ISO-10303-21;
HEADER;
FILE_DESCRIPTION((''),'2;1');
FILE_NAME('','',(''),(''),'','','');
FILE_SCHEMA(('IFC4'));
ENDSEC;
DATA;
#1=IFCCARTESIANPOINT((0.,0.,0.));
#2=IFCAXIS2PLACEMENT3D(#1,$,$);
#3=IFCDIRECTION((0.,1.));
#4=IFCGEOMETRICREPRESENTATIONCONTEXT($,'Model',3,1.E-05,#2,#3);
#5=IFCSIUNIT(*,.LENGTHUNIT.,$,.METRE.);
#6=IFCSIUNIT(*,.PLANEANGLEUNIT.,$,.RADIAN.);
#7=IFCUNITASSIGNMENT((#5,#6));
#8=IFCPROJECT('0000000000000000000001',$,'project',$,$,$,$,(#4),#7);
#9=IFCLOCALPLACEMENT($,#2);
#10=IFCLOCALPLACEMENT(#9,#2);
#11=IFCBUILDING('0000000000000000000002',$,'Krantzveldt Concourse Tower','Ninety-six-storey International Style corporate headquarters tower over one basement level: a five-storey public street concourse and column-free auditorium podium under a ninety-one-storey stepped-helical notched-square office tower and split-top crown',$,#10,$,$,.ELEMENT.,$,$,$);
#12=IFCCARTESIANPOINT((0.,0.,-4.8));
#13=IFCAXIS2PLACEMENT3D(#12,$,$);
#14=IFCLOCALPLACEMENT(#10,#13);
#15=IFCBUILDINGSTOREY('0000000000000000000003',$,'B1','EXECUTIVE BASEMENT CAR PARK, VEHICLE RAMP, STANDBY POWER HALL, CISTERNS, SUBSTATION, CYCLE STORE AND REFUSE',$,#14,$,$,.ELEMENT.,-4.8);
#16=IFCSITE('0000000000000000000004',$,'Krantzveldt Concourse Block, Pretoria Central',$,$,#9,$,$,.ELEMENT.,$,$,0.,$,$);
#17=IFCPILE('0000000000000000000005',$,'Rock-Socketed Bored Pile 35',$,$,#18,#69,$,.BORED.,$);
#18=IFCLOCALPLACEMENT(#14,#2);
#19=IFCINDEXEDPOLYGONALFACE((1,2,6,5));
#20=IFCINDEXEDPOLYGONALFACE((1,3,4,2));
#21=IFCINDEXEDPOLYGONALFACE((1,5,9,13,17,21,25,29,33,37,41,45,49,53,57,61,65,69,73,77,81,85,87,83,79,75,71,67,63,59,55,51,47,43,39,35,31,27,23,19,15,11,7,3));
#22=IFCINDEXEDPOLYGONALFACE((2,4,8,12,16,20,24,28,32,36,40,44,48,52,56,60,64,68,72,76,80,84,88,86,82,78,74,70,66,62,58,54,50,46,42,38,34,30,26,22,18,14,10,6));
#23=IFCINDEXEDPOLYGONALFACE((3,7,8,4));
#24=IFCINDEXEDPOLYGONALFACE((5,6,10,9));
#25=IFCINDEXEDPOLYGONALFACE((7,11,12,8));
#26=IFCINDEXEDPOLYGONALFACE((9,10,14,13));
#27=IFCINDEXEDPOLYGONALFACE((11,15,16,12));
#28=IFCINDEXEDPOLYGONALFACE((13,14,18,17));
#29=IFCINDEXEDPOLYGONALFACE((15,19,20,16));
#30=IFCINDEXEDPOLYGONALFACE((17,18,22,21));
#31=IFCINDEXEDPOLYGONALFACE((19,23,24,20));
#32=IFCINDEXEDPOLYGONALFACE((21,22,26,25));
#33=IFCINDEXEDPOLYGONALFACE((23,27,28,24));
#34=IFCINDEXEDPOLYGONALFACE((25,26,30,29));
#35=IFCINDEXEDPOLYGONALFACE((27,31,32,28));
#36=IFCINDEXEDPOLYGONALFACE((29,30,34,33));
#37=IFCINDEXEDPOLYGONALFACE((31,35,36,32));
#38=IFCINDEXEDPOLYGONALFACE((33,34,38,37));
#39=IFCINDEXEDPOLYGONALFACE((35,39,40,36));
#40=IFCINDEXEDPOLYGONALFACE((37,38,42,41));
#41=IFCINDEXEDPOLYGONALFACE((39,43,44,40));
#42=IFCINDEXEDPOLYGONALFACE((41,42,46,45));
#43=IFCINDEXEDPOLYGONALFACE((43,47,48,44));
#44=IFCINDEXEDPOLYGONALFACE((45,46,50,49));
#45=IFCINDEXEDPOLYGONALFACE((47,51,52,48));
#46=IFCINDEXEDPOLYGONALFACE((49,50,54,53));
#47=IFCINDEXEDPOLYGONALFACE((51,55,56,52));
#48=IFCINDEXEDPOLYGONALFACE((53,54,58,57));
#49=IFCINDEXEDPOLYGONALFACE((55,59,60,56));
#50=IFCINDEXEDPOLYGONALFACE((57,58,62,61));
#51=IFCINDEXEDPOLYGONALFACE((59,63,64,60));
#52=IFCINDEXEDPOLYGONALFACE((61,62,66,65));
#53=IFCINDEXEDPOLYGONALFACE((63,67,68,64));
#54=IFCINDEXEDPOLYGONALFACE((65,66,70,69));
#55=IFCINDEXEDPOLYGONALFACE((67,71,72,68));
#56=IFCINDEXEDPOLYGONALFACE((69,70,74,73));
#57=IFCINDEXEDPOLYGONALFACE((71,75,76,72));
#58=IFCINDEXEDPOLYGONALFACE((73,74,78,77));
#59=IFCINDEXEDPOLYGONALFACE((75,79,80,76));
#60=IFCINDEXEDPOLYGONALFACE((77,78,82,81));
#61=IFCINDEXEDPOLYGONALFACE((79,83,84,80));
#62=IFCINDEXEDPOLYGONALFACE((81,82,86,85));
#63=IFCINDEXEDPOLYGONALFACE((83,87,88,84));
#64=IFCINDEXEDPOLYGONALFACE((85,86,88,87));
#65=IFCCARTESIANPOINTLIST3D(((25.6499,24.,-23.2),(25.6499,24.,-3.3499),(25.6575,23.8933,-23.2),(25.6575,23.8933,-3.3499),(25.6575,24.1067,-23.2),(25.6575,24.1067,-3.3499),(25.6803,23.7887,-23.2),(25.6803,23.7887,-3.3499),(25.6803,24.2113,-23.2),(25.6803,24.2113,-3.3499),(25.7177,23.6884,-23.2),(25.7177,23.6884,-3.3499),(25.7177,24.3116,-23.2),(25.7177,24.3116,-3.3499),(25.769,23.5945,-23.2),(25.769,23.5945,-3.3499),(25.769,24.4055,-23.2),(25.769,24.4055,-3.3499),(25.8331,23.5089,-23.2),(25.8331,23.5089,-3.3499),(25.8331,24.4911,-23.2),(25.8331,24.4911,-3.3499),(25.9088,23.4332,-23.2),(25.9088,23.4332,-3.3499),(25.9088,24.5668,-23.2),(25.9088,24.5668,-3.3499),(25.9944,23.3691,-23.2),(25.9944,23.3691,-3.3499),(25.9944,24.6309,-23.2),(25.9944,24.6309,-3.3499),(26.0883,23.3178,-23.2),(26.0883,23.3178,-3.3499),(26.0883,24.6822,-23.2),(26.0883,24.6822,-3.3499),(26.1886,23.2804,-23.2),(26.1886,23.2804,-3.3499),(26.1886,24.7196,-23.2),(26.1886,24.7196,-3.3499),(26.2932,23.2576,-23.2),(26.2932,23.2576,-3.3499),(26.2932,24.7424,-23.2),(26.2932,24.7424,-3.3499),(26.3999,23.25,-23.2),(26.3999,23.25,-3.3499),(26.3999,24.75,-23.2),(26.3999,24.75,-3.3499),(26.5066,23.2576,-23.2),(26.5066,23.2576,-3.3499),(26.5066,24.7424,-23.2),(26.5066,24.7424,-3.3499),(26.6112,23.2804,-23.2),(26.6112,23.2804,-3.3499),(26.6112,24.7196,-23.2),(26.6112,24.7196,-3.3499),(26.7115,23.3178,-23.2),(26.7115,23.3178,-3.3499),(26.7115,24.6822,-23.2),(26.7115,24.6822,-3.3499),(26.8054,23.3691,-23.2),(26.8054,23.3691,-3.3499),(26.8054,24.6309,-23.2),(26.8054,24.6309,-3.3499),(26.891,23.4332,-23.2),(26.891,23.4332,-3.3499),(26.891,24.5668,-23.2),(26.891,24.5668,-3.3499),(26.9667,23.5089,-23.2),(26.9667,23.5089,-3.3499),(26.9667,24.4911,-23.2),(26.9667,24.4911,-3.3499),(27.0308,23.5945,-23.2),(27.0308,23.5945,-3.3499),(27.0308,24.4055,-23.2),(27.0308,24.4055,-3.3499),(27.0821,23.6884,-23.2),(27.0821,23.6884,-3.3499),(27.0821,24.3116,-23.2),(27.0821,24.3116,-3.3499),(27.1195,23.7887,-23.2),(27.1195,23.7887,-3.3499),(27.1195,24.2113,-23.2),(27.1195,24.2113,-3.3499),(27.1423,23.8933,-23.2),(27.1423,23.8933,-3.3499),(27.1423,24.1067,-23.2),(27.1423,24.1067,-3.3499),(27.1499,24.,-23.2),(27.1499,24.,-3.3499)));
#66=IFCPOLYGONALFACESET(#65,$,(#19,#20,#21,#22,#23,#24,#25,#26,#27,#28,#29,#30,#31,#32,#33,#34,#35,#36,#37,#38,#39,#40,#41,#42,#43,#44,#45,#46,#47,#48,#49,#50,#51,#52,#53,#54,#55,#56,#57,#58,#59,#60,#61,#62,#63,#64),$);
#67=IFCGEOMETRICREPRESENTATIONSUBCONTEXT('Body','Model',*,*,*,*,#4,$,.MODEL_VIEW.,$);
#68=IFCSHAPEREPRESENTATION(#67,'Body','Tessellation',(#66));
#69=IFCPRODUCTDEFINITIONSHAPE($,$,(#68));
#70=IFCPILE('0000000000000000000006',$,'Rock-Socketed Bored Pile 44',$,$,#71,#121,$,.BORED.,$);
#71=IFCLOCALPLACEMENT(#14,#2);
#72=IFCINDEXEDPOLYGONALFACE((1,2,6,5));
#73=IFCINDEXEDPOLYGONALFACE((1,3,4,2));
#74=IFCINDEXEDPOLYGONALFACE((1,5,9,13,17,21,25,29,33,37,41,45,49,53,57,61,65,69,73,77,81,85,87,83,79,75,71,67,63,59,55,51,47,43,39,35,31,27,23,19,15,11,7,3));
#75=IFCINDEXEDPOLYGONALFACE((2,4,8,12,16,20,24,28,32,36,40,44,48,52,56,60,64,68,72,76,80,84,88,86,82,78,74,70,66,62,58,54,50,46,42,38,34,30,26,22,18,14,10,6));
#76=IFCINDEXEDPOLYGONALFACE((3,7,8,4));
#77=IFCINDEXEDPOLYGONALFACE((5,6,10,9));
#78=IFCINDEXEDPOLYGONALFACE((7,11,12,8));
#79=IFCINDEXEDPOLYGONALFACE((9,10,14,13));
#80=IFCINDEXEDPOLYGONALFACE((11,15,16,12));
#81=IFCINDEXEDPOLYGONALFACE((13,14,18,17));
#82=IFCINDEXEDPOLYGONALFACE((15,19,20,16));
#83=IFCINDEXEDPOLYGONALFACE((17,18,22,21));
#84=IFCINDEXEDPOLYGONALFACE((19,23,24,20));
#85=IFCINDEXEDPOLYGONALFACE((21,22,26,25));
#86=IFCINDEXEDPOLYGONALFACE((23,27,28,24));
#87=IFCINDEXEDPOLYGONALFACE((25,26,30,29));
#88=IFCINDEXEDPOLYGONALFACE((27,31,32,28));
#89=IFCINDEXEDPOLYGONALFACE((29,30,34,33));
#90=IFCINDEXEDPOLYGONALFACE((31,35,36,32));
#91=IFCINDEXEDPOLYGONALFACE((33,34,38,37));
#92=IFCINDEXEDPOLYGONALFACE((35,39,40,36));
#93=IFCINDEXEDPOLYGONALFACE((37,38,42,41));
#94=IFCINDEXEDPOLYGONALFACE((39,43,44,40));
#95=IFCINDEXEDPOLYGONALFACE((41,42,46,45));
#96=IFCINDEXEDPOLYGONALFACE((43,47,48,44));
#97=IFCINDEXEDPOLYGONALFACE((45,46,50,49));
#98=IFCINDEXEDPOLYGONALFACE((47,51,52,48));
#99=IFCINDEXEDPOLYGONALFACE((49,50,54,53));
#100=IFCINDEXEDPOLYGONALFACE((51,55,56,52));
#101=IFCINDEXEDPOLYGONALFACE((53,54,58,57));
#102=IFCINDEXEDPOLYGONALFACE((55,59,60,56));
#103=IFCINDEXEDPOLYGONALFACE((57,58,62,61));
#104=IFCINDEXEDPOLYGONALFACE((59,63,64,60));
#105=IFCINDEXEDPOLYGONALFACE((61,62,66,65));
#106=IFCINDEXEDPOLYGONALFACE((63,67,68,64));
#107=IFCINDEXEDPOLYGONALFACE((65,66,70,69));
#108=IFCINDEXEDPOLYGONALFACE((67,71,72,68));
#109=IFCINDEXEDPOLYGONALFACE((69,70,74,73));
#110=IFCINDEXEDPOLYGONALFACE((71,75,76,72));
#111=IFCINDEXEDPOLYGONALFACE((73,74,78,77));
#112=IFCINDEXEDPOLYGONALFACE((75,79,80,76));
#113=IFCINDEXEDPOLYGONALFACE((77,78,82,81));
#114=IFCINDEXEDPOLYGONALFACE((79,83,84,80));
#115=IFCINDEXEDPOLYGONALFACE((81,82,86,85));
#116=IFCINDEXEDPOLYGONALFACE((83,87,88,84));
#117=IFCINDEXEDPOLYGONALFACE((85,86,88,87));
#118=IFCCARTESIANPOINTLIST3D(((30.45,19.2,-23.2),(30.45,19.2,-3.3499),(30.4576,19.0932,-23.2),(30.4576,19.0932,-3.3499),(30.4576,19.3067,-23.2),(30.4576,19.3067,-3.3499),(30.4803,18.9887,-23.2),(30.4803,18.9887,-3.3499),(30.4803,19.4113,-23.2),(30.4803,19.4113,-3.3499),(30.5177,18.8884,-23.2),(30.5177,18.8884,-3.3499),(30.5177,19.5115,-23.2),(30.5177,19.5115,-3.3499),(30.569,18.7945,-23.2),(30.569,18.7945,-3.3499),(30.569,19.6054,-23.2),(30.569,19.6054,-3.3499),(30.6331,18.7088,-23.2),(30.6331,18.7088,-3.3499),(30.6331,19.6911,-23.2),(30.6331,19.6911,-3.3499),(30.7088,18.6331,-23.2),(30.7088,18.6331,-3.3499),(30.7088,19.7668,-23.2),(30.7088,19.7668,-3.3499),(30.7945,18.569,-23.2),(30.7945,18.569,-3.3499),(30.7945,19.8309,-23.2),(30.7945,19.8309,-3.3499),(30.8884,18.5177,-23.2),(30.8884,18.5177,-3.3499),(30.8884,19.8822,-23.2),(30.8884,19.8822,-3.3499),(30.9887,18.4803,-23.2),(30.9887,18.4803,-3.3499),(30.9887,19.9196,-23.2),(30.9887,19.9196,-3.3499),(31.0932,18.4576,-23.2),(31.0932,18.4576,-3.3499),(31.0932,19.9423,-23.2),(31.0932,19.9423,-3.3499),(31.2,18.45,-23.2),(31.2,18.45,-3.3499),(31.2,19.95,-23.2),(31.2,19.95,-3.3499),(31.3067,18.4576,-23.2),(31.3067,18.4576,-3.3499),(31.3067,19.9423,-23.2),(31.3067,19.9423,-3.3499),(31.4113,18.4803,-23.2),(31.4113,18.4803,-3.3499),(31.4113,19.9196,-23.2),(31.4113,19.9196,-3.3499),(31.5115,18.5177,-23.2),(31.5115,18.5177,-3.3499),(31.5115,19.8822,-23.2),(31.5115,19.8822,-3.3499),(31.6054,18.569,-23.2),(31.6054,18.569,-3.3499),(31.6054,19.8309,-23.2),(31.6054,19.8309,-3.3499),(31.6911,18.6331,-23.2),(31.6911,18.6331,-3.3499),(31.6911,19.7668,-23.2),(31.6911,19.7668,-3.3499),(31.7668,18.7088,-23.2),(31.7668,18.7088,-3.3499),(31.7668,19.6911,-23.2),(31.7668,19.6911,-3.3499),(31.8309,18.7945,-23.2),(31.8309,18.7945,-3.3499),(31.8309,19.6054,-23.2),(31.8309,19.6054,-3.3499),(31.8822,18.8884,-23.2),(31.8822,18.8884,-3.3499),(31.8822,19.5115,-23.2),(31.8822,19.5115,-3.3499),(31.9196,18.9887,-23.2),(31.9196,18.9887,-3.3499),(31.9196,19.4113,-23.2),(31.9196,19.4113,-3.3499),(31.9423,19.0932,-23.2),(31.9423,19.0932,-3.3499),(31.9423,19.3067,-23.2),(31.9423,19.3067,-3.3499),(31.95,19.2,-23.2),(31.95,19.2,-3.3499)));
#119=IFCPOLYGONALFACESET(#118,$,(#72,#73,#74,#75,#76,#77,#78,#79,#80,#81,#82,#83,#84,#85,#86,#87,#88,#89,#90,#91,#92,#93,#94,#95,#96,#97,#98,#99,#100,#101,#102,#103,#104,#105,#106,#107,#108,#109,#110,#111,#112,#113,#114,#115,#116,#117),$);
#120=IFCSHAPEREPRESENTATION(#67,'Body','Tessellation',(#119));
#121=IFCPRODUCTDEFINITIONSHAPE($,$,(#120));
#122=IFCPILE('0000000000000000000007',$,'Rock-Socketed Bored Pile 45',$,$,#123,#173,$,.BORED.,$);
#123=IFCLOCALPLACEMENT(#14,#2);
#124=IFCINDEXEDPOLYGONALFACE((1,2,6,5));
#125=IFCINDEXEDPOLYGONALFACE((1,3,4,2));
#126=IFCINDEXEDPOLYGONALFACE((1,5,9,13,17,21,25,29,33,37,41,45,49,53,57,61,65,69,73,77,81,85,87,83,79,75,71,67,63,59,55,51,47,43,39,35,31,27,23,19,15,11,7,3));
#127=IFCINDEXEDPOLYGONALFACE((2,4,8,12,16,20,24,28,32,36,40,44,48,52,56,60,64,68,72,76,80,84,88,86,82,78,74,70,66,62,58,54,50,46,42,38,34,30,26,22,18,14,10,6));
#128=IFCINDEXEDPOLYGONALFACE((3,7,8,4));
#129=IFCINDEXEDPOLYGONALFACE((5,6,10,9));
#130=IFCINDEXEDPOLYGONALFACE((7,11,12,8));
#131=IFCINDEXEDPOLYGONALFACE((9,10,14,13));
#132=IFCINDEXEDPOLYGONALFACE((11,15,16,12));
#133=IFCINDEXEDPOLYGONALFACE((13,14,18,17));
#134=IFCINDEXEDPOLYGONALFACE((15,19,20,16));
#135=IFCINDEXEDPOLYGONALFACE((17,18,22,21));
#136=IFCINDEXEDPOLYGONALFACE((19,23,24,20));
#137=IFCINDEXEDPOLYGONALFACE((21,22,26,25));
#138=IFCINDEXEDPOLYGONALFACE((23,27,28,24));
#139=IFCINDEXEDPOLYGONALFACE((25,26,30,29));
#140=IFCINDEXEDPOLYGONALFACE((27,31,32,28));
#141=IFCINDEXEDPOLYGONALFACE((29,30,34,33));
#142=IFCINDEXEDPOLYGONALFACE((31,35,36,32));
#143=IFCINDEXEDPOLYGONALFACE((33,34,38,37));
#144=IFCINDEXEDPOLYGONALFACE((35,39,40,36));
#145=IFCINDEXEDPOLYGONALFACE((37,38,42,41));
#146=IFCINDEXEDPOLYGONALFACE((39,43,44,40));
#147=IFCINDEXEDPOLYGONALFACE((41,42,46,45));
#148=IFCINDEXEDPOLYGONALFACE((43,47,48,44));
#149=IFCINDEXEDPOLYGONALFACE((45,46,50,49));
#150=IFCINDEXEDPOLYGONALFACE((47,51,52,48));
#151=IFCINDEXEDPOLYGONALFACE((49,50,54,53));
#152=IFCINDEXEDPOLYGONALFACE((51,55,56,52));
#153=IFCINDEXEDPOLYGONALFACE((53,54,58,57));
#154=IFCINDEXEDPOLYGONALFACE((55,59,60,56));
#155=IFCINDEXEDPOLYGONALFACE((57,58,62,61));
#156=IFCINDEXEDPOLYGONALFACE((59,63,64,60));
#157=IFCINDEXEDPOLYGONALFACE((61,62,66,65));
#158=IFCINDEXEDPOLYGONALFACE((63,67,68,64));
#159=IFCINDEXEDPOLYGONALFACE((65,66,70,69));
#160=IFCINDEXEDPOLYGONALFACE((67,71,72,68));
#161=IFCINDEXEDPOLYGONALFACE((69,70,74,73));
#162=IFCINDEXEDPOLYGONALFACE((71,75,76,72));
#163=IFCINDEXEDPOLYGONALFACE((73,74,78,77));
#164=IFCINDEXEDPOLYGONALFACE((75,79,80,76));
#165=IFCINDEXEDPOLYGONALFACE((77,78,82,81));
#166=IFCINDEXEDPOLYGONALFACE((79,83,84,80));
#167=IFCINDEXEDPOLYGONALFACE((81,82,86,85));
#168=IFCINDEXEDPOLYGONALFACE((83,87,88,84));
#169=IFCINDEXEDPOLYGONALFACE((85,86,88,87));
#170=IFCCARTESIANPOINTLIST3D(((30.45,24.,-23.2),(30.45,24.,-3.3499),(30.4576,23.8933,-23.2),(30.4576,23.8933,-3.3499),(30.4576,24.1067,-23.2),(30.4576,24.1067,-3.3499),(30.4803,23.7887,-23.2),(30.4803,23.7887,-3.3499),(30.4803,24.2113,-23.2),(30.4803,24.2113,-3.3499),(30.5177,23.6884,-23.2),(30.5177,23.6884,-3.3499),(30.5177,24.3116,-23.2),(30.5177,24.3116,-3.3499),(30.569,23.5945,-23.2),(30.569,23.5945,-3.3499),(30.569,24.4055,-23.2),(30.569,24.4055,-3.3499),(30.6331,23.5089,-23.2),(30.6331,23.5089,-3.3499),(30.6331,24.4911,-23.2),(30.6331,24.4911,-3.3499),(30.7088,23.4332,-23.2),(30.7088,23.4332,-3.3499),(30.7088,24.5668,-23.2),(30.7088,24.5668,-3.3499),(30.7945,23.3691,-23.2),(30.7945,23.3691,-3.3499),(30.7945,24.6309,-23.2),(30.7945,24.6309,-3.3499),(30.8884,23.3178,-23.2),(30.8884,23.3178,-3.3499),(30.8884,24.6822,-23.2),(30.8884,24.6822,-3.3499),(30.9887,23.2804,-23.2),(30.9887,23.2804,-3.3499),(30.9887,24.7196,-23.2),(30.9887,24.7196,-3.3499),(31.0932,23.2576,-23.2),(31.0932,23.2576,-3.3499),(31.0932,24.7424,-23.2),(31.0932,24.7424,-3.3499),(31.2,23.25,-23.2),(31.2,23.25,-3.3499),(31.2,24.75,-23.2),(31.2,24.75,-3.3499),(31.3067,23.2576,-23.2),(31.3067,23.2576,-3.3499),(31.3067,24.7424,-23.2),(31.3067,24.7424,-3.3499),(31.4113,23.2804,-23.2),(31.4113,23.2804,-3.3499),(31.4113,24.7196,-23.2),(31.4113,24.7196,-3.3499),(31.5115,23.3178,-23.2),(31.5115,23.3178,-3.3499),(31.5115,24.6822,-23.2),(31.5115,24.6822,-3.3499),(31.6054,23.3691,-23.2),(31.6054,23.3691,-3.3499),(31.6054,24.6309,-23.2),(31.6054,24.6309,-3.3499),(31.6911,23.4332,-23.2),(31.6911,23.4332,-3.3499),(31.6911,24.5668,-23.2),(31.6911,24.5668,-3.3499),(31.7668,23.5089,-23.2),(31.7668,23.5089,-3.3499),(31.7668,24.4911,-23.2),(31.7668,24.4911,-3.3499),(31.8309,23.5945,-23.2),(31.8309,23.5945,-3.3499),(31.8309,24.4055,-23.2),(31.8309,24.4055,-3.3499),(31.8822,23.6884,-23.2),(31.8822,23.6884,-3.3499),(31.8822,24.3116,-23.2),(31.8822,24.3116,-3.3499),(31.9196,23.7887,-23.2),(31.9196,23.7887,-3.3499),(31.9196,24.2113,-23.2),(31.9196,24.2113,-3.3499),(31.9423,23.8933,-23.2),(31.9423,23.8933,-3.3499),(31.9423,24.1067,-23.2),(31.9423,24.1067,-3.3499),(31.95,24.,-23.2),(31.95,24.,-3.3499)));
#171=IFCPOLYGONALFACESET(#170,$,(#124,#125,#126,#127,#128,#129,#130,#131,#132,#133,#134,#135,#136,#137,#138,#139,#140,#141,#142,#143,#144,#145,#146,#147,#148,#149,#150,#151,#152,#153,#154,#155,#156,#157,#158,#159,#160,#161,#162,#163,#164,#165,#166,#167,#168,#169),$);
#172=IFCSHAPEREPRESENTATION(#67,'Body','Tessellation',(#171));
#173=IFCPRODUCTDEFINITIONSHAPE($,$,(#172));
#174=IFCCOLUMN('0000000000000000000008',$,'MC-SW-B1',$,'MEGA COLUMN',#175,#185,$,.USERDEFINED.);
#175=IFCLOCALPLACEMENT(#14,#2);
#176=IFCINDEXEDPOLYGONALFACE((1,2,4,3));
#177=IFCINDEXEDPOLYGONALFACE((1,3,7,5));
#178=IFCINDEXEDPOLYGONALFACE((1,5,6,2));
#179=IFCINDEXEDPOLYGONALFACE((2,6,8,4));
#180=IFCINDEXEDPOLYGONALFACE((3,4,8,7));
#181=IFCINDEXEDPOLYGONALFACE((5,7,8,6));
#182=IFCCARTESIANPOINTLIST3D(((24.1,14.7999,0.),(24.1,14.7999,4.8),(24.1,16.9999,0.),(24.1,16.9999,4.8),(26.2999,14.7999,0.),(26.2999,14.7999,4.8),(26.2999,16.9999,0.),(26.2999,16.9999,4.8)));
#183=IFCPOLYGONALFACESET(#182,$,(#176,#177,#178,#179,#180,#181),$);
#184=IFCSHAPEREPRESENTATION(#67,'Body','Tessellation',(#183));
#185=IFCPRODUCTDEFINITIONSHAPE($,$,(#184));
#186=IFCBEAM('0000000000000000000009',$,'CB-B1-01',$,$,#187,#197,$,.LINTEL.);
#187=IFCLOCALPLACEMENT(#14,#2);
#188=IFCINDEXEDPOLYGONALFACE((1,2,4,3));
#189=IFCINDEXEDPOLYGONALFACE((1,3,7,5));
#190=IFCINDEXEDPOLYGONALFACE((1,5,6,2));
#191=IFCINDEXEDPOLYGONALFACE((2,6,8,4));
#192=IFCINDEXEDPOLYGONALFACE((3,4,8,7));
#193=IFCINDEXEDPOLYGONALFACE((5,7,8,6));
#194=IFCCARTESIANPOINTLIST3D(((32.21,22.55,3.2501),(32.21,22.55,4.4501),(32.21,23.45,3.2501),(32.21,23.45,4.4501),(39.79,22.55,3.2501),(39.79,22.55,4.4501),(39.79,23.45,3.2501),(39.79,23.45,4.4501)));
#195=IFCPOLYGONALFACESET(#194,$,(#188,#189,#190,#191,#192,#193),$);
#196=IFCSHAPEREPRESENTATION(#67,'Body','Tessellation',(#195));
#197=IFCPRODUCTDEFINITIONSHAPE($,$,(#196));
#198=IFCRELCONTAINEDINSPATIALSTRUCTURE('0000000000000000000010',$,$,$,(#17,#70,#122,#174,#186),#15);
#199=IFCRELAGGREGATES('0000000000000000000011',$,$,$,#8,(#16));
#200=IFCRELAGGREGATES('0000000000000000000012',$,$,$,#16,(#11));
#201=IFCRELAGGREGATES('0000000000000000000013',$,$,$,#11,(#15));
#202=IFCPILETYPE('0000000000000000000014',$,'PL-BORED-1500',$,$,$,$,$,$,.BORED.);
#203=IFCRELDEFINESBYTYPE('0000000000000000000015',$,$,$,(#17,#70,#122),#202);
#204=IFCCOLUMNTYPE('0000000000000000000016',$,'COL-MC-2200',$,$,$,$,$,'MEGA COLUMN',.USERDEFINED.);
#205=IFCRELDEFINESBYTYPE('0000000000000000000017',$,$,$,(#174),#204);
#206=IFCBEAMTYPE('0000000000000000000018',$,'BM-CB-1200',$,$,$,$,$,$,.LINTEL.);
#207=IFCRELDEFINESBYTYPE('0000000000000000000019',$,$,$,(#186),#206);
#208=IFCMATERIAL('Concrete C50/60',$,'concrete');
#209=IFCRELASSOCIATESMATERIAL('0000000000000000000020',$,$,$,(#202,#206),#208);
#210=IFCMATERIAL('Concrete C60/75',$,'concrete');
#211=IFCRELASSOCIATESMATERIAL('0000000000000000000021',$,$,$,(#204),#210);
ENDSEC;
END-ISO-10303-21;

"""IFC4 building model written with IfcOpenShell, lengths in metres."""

from ifc_helpers import new_model, si_unit, direction, frame, origin, origin_2d, place, context, subcontext, project, spatial, rectangle, circle, extrude, source, transform, mapped, material, material_profile, profile_set, type_object, type_shapes, element, save


model = new_model("IFC4")

# Units and contexts
model_context = context("Model", 3, precision=1e-05, world=origin(), true_north=direction((0.0, 1.0)))
body_context = subcontext(model_context, "Body", "Model", "MODEL_VIEW")
ifc_project = project(units=[si_unit("LENGTHUNIT", "METRE"), si_unit("PLANEANGLEUNIT", "RADIAN")], contexts=[model_context])

# Site, building, storey
site_placement = place(None, origin())
site = spatial("IfcSite", under=ifc_project, at=site_placement, Name="Krantzveldt Concourse Block, Pretoria Central", CompositionType="ELEMENT", RefElevation=0.0)
building_placement = place(site_placement, origin())
building = spatial("IfcBuilding", under=site, at=building_placement, Name="Krantzveldt Concourse Tower", Description="Ninety-six-storey International Style corporate headquarters tower over one basement level: a five-storey public street concourse and column-free auditorium podium under a ninety-one-storey stepped-helical notched-square office tower and split-top crown", CompositionType="ELEMENT")
storey_placement = place(building_placement, frame((0.0, 0.0, -4.8)))
storey = spatial("IfcBuildingStorey", under=building, at=storey_placement, Name="B1", Description="EXECUTIVE BASEMENT CAR PARK, VEHICLE RAMP, STANDBY POWER HALL, CISTERNS, SUBSTATION, CYCLE STORE AND REFUSE", CompositionType="ELEMENT", Elevation=-4.8)

# Piles
ifc_material_1 = material(Name="Concrete C50/60", Category="concrete")
ifc_material_profile_1 = material_profile(ifc_material_1, circle(Radius=0.75, at=origin_2d()), Name="Concrete C50/60", Category="concrete")
ifc_profile_set_1 = profile_set([ifc_material_profile_1], Name="Concrete C50/60 - PILE D1500")
pile_type = type_object("IfcPileType", Name="PL-BORED-1500", PredefinedType="BORED", material=ifc_profile_set_1)
shared_shape_1 = source(origin(), body_context, "Body", "SweptSolid", [
    extrude(circle(Radius=0.75, at=origin_2d()), origin(), (0.0, 0.0, 1.0), 19.8501),
])
type_shapes(pile_type, [shared_shape_1])
for number, where, z_axis, x_axis, name in (
    (1, (26.3999, 24.0, -3.3499), (0.0, 0.0, -1.0), (1.0, 0.0, 0.0), "Rock-Socketed Bored Pile 35"),
    (2, (31.2, 19.2, -3.3499), (0.0, 0.0, -1.0), (1.0, 0.0, 0.0), "Rock-Socketed Bored Pile 44"),
    (3, (31.2, 24.0, -3.3499), (0.0, 0.0, -1.0), (1.0, 0.0, 0.0), "Rock-Socketed Bored Pile 45"),
):
    element("IfcPile", number, at=place(storey_placement, frame(where, z_axis=z_axis, x_axis=x_axis)), inside=storey, type_object=pile_type, Name=name, PredefinedType="BORED", context=body_context, shape_type="MappedRepresentation", body=[
        mapped(shared_shape_1, transform((0.0, 0.0, 0.0), x_axis=(1.0, 0.0, 0.0), y_axis=(0.0, 1.0, 0.0), z_axis=(0.0, 0.0, 1.0), scale=1.0)),
    ])

# Column
ifc_material_2 = material(Name="Concrete C60/75", Category="concrete")
ifc_material_profile_2 = material_profile(ifc_material_2, rectangle(XDim=2.2, YDim=2.2, at=origin_2d()), Name="Concrete C60/75", Category="concrete")
ifc_profile_set_2 = profile_set([ifc_material_profile_2], Name="Concrete C60/75 - RC 2200x2200")
column_type = type_object("IfcColumnType", Name="COL-MC-2200", ElementType="MEGA COLUMN", PredefinedType="USERDEFINED", material=ifc_profile_set_2)
shared_shape_2 = source(origin(), body_context, "Body", "SweptSolid", [
    extrude(rectangle(XDim=2.2, YDim=2.2, at=origin_2d()), origin(), (0.0, 0.0, 1.0), 4.8),
])
type_shapes(column_type, [shared_shape_2])
column_placement = place(storey_placement, frame((25.2, 15.8999, 0.0), z_axis=(0.0, 0.0, 1.0), x_axis=(1.0, 0.0, 0.0)))
element("IfcColumn", 4, at=column_placement, inside=storey, type_object=column_type, Name="MC-SW-B1", ObjectType="MEGA COLUMN", PredefinedType="USERDEFINED", context=body_context, shape_type="MappedRepresentation", body=[
    mapped(shared_shape_2, transform((0.0, 0.0, 0.0), x_axis=(1.0, 0.0, 0.0), y_axis=(0.0, 1.0, 0.0), z_axis=(0.0, 0.0, 1.0), scale=1.0)),
])

# Beam
ifc_material_profile_3 = material_profile(ifc_material_1, rectangle(XDim=0.8999, YDim=1.2, at=origin_2d()), Name="Concrete C50/60", Category="concrete")
ifc_profile_set_3 = profile_set([ifc_material_profile_3], Name="Concrete C50/60 - RC-CB 900x1200")
beam_type_1 = type_object("IfcBeamType", Name="BM-CB-1200", PredefinedType="LINTEL", material=ifc_profile_set_3)
shared_shape_3 = source(origin(), body_context, "Body", "SweptSolid", [
    extrude(rectangle(XDim=0.8999, YDim=1.2, at=origin_2d()), origin(), (0.0, 0.0, 1.0), 7.5801),
])
type_shapes(beam_type_1, [shared_shape_3])
beam_1_placement = place(storey_placement, frame((32.21, 23.0, 3.8501), z_axis=(1.0, 0.0, 0.0), x_axis=(0.0, 1.0, 0.0)))
element("IfcBeam", 5, at=beam_1_placement, inside=storey, type_object=beam_type_1, Name="CB-B1-01", PredefinedType="LINTEL", context=body_context, shape_type="MappedRepresentation", body=[
    mapped(shared_shape_3, transform((0.0, 0.0, 0.0), x_axis=(1.0, 0.0, 0.0), y_axis=(0.0, 1.0, 0.0), z_axis=(0.0, 0.0, 1.0), scale=1.0)),
])

save(model, "model.ifc")
